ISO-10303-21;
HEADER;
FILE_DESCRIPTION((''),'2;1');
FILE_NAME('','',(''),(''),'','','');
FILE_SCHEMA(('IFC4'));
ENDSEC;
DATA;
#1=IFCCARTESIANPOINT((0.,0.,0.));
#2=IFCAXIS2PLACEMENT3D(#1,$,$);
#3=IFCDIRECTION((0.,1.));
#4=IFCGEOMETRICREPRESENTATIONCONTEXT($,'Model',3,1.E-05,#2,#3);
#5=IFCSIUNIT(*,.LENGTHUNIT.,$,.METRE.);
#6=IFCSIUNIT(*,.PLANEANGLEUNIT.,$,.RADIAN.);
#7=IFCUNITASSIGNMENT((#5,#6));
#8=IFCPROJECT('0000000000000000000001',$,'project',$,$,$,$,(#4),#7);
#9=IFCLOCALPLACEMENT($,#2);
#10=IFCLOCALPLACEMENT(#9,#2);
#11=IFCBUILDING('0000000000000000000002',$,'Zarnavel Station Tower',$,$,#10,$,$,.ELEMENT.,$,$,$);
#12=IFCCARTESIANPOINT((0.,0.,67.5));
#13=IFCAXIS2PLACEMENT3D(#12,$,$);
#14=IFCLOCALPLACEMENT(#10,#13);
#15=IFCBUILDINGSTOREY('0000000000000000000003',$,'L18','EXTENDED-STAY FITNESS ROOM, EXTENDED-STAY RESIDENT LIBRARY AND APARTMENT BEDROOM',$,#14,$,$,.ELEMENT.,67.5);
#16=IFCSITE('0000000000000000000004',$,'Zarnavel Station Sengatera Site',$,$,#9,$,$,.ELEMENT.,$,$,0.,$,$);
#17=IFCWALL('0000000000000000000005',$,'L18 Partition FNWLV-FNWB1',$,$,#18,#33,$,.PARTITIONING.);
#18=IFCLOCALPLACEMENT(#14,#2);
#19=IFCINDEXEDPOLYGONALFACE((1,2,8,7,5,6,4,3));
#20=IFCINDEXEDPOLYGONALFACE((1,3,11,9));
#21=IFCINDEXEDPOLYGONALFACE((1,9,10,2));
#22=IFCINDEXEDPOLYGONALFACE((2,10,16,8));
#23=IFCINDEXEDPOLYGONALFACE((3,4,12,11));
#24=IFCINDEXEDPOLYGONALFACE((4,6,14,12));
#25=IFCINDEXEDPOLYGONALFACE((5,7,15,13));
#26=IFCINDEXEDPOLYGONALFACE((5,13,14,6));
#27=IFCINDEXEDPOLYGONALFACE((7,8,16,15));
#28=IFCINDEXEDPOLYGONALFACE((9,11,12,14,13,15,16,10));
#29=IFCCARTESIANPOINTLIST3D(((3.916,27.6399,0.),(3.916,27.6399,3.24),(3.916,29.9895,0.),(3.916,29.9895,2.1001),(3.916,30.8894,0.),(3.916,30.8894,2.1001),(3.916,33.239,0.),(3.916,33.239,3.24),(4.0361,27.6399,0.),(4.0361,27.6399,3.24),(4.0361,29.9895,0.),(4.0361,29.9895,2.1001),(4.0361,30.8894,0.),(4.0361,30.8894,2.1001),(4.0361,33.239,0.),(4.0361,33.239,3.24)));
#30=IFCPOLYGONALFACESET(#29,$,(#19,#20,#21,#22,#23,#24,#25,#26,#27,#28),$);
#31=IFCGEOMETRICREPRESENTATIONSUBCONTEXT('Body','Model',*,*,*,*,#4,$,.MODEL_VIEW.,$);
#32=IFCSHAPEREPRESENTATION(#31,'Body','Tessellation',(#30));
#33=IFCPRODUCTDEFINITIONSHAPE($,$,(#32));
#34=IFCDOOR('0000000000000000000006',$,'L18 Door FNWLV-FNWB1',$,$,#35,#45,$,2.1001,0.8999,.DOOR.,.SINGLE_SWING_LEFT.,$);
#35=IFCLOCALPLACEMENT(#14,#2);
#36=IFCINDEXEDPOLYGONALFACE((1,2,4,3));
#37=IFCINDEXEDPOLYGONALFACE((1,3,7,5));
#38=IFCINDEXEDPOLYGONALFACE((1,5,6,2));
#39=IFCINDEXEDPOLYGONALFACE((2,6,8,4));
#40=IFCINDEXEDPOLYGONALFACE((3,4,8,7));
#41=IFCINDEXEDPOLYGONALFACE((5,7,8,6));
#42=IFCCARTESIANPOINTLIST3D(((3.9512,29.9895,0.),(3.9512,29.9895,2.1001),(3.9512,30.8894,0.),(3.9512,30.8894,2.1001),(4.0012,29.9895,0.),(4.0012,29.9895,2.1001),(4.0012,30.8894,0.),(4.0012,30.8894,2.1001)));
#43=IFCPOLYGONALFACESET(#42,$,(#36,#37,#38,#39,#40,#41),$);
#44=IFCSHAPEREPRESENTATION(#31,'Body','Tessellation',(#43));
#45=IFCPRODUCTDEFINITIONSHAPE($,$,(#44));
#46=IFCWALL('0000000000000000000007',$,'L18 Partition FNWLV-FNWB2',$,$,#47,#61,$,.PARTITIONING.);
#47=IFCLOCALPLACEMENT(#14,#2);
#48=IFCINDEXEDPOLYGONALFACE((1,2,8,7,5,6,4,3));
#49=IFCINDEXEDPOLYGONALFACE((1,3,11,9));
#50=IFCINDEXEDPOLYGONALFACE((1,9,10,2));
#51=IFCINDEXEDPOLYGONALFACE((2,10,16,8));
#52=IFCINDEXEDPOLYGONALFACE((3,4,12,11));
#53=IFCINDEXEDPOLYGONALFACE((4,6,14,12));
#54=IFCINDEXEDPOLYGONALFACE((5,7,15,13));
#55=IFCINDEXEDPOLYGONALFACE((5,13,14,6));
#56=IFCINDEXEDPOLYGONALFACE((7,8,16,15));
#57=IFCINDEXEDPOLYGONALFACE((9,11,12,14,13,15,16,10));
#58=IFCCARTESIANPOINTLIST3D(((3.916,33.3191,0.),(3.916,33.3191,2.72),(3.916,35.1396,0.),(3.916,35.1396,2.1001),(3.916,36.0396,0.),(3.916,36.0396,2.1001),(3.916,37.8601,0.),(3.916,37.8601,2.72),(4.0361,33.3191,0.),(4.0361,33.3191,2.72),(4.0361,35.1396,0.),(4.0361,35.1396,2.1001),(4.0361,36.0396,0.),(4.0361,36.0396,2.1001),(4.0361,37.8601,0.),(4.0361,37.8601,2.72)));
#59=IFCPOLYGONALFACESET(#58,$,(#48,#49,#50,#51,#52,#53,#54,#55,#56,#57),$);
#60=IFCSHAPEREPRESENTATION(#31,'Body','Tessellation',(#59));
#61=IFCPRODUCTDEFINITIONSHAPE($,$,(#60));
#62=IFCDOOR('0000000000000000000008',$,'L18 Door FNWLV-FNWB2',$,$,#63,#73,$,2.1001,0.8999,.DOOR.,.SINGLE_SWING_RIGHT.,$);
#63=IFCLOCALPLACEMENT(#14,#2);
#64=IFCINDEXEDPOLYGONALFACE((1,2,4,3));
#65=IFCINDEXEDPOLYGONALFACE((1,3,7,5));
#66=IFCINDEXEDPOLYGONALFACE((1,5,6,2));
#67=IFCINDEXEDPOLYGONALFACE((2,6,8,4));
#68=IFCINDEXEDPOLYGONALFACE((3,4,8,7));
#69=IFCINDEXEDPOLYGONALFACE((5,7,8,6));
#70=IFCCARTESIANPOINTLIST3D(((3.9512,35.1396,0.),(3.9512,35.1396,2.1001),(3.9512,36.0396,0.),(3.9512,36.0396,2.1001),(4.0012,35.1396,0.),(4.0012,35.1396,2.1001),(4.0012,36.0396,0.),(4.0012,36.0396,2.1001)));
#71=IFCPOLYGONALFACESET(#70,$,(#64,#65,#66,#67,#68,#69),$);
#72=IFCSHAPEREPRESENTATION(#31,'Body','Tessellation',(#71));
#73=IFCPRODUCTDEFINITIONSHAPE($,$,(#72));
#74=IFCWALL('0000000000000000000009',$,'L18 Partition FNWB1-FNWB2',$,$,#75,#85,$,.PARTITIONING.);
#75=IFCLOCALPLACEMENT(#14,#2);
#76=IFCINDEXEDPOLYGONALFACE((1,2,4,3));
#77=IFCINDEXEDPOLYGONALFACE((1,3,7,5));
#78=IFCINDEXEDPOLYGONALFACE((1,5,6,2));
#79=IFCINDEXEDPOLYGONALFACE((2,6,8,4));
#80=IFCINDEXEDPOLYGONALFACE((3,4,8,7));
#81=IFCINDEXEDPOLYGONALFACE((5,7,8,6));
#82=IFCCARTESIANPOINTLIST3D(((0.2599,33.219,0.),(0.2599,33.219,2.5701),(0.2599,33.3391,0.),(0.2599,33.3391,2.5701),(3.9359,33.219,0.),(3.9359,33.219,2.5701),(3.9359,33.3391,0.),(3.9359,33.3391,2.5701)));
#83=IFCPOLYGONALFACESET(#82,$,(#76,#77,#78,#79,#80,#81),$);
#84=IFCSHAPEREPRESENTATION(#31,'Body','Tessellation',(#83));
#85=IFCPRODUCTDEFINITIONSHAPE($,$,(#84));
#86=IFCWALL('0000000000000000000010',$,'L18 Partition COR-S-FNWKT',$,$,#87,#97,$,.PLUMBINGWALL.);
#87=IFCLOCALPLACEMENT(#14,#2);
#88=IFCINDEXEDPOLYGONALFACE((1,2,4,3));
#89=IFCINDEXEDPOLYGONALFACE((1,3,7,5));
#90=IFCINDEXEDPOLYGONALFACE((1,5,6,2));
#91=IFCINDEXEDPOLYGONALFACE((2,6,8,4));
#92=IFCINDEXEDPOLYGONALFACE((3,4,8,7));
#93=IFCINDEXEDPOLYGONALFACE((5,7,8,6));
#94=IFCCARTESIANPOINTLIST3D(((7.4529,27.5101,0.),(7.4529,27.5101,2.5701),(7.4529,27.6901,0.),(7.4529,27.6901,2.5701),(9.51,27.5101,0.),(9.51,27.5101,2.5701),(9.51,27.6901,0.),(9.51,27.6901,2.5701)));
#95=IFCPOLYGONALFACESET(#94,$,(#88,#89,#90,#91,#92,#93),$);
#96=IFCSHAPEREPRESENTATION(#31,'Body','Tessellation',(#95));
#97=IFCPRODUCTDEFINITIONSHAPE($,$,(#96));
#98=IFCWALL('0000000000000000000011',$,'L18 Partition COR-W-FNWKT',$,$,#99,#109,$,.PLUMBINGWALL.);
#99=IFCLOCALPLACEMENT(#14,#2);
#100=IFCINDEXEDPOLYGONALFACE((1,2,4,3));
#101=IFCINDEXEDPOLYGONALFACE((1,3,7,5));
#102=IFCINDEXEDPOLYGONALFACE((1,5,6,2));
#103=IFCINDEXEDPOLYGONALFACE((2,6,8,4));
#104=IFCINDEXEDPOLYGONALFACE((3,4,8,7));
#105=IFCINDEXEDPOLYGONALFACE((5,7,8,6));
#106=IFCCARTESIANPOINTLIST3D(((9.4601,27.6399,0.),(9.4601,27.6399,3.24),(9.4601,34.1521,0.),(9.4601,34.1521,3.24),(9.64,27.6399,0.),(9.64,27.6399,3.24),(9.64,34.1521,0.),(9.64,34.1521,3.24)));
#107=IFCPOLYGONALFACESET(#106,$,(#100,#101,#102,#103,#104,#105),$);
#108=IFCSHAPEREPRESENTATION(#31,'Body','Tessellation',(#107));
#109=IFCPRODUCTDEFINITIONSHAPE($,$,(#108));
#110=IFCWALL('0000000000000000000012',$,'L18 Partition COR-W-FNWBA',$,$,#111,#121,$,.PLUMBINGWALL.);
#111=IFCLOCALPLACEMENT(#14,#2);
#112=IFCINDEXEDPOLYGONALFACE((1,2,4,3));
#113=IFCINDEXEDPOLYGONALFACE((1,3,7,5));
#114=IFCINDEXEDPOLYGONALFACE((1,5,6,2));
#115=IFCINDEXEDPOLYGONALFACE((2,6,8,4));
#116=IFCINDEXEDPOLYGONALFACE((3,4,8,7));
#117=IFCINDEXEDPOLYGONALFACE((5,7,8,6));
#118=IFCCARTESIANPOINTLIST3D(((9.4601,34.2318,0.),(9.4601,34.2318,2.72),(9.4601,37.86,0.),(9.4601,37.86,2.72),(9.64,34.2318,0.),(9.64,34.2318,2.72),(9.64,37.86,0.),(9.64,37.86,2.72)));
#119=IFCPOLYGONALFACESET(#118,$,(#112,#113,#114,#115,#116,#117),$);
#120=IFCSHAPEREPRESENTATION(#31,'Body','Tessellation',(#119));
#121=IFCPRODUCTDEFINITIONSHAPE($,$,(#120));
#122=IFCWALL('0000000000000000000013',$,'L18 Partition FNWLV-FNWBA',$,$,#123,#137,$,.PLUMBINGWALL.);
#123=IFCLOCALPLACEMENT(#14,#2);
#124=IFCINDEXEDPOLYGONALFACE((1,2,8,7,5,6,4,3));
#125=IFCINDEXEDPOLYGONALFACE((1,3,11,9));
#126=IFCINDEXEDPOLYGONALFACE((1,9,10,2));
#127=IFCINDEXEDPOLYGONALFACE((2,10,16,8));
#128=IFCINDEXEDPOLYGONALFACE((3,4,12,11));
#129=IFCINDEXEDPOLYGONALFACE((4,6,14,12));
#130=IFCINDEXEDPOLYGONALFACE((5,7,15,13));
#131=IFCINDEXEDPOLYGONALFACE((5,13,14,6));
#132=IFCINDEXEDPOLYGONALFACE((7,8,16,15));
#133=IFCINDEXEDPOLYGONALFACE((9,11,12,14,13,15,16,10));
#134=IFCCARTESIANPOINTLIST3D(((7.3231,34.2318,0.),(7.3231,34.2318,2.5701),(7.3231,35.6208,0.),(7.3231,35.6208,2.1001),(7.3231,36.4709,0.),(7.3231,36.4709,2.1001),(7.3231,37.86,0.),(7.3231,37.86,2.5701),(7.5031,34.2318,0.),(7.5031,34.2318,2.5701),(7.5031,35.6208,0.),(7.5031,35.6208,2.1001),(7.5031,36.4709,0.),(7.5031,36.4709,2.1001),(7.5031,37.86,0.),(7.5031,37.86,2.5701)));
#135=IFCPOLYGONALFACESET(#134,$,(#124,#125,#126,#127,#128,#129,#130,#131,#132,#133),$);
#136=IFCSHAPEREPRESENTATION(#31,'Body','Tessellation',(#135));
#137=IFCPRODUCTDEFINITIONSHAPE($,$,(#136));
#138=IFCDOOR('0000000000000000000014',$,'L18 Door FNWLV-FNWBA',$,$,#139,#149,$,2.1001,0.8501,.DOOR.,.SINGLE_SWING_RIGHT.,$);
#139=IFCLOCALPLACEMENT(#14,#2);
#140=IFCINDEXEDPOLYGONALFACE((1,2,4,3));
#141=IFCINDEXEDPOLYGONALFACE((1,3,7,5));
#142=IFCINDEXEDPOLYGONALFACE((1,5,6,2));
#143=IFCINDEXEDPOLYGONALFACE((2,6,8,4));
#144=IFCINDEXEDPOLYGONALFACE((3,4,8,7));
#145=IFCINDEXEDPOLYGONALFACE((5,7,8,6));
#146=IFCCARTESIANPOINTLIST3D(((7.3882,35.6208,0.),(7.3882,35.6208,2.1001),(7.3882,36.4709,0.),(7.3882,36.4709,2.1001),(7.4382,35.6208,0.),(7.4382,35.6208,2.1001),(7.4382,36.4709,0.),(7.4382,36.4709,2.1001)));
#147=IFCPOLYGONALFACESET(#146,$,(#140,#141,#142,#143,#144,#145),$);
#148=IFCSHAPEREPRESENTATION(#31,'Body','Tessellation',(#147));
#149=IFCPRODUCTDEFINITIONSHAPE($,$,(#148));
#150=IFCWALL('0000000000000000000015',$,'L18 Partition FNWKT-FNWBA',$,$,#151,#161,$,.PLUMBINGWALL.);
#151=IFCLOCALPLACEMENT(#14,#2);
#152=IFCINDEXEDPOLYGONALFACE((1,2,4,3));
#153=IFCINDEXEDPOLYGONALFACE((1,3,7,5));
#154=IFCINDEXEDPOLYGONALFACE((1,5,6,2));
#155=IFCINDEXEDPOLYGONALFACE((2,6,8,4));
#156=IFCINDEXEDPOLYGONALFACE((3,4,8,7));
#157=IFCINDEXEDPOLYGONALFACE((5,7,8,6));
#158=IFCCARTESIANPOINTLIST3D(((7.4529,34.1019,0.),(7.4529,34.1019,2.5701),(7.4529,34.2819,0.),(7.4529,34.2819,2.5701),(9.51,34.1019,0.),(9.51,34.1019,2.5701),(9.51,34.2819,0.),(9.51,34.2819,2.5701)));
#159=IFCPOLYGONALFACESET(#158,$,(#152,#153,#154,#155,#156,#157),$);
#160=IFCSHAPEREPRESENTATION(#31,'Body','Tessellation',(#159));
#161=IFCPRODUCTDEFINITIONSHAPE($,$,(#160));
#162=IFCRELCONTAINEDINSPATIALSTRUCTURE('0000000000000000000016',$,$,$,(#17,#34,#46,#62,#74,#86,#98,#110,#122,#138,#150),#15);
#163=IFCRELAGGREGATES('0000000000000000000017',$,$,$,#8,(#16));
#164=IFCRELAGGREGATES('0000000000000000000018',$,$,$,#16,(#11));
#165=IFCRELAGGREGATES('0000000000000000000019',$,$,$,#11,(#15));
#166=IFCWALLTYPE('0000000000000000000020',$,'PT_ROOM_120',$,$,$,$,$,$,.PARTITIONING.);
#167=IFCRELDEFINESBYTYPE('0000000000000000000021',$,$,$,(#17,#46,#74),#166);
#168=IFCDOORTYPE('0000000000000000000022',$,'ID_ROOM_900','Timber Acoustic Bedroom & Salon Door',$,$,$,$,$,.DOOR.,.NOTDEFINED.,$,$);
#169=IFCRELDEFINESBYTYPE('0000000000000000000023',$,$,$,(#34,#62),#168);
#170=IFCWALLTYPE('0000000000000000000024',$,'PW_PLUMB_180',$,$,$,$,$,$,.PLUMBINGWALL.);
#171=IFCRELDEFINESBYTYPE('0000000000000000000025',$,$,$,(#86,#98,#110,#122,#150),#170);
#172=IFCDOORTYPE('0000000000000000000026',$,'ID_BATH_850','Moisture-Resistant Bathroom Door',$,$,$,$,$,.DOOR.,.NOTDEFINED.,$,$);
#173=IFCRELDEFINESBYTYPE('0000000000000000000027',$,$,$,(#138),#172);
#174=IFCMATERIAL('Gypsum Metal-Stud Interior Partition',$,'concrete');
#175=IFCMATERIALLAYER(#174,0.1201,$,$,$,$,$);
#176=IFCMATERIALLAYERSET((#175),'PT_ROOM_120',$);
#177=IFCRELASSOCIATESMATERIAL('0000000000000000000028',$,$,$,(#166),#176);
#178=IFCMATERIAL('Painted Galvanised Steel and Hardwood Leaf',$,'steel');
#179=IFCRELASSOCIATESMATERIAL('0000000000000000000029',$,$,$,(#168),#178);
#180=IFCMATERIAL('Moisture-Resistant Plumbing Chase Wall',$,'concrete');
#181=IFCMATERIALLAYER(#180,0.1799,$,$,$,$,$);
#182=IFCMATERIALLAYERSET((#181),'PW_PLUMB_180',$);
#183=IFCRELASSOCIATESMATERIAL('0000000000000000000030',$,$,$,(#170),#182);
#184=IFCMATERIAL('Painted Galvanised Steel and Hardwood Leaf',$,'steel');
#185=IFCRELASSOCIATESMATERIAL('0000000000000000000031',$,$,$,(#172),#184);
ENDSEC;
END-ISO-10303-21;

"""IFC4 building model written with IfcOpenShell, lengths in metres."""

from ifc_helpers import new_model, si_unit, direction, frame, frame_2d, origin, place, context, subcontext, project, spatial, rectangle, extrude, material, layer, layer_set, type_object, element, fill, save


model = new_model("IFC4")

# Units and contexts
model_context = context("Model", 3, precision=1e-05, world=origin(), true_north=direction((0.0, 1.0)))
body_context = subcontext(model_context, "Body", "Model", "MODEL_VIEW")
ifc_project = project(units=[si_unit("LENGTHUNIT", "METRE"), si_unit("PLANEANGLEUNIT", "RADIAN")], contexts=[model_context])

# Site, building, storey
site_placement = place(None, origin())
site = spatial("IfcSite", under=ifc_project, at=site_placement, Name="Zarnavel Station Sengatera Site", CompositionType="ELEMENT", RefElevation=0.0)
building_placement = place(site_placement, origin())
building = spatial("IfcBuilding", under=site, at=building_placement, Name="Zarnavel Station Tower", CompositionType="ELEMENT")
storey_placement = place(building_placement, frame((0.0, 0.0, 67.5)))
storey = spatial("IfcBuildingStorey", under=building, at=storey_placement, Name="L18", Description="EXTENDED-STAY FITNESS ROOM, EXTENDED-STAY RESIDENT LIBRARY AND APARTMENT BEDROOM", CompositionType="ELEMENT", Elevation=67.5)

# Walls, openings, doors
ifc_material_1 = material(Name="Gypsum Metal-Stud Interior Partition", Category="concrete")
ifc_layer_1 = layer(ifc_material_1, 0.1201)
ifc_layer_set_1 = layer_set([ifc_layer_1], Name="PT_ROOM_120")
wall_type_1 = type_object("IfcWallType", Name="PT_ROOM_120", PredefinedType="PARTITIONING", material=ifc_layer_set_1)
wall_1_placement = place(storey_placement, frame((3.9761, 27.6399, 0.0), z_axis=(0.0, 0.0, 1.0), x_axis=(0.0, 1.0, 0.0)))
wall_1 = element("IfcWall", 1, at=wall_1_placement, inside=storey, type_object=wall_type_1, Name="L18 Partition FNWLV-FNWB1", PredefinedType="PARTITIONING", context=body_context, shape_type="SweptSolid", body=[
    extrude(rectangle(XDim=5.5991, YDim=0.1201, at=frame_2d((2.7996, 0.0))), origin(), (0.0, 0.0, 1.0), 3.24),
])
opening_1_placement = place(wall_1_placement, frame((2.3496, 0.0, 0.0)))
opening_1 = element("IfcOpeningElement", 2, at=opening_1_placement, cuts=wall_1, PredefinedType="OPENING", context=body_context, shape_type="SweptSolid", body=[
    extrude(rectangle(XDim=0.8999, YDim=2.1001, at=frame_2d((0.45, 1.05))), frame((0.0, 0.0701, 0.0), z_axis=(0.0, -1.0, 0.0), x_axis=(1.0, 0.0, 0.0)), (0.0, 0.0, 1.0), 0.1401),
])
ifc_material_2 = material(Name="Painted Galvanised Steel and Hardwood Leaf", Category="steel")
door_type_1 = type_object("IfcDoorType", Name="ID_ROOM_900", Description="Timber Acoustic Bedroom & Salon Door", OperationType="NOTDEFINED", PredefinedType="DOOR", material=ifc_material_2)
door_1_placement = place(opening_1_placement, origin())
door_1 = element("IfcDoor", 3, at=door_1_placement, inside=storey, type_object=door_type_1, Name="L18 Door FNWLV-FNWB1", OperationType="SINGLE_SWING_LEFT", OverallHeight=2.1001, OverallWidth=0.8999, PredefinedType="DOOR", context=body_context, shape_type="SweptSolid", body=[
    extrude(rectangle(XDim=0.8999, YDim=2.1001, at=frame_2d((0.45, 1.05))), frame((0.0, 0.0249, 0.0), z_axis=(0.0, -1.0, 0.0), x_axis=(1.0, 0.0, 0.0)), (0.0, 0.0, 1.0), 0.05),
])
fill(opening_1, door_1)
wall_2_placement = place(storey_placement, frame((3.9761, 33.3191, 0.0), z_axis=(0.0, 0.0, 1.0), x_axis=(0.0, 1.0, 0.0)))
wall_2 = element("IfcWall", 4, at=wall_2_placement, inside=storey, type_object=wall_type_1, Name="L18 Partition FNWLV-FNWB2", PredefinedType="PARTITIONING", context=body_context, shape_type="SweptSolid", body=[
    extrude(rectangle(XDim=4.541, YDim=0.1201, at=frame_2d((2.2705, 0.0))), origin(), (0.0, 0.0, 1.0), 2.72),
])
opening_2_placement = place(wall_2_placement, frame((1.8206, 0.0, 0.0)))
opening_2 = element("IfcOpeningElement", 5, at=opening_2_placement, cuts=wall_2, PredefinedType="OPENING", context=body_context, shape_type="SweptSolid", body=[
    extrude(rectangle(XDim=0.8999, YDim=2.1001, at=frame_2d((0.45, 1.05))), frame((0.0, 0.0701, 0.0), z_axis=(0.0, -1.0, 0.0), x_axis=(1.0, 0.0, 0.0)), (0.0, 0.0, 1.0), 0.1401),
])
door_2_placement = place(opening_2_placement, origin())
door_2 = element("IfcDoor", 6, at=door_2_placement, inside=storey, type_object=door_type_1, Name="L18 Door FNWLV-FNWB2", OperationType="SINGLE_SWING_RIGHT", OverallHeight=2.1001, OverallWidth=0.8999, PredefinedType="DOOR", context=body_context, shape_type="SweptSolid", body=[
    extrude(rectangle(XDim=0.8999, YDim=2.1001, at=frame_2d((0.45, 1.05))), frame((0.0, 0.0249, 0.0), z_axis=(0.0, -1.0, 0.0), x_axis=(1.0, 0.0, 0.0)), (0.0, 0.0, 1.0), 0.05),
])
fill(opening_2, door_2)

# Walls
wall_3_placement = place(storey_placement, frame((0.26, 33.2791, 0.0), z_axis=(0.0, 0.0, 1.0), x_axis=(1.0, 0.0, 0.0)))
element("IfcWall", 7, at=wall_3_placement, inside=storey, type_object=wall_type_1, Name="L18 Partition FNWB1-FNWB2", PredefinedType="PARTITIONING", context=body_context, shape_type="SweptSolid", body=[
    extrude(rectangle(XDim=3.676, YDim=0.1201, at=frame_2d((1.8379, 0.0))), origin(), (0.0, 0.0, 1.0), 2.5701),
])
ifc_material_3 = material(Name="Moisture-Resistant Plumbing Chase Wall", Category="concrete")
ifc_layer_2 = layer(ifc_material_3, 0.1799)
ifc_layer_set_2 = layer_set([ifc_layer_2], Name="PW_PLUMB_180")
wall_type_2 = type_object("IfcWallType", Name="PW_PLUMB_180", PredefinedType="PLUMBINGWALL", material=ifc_layer_set_2)
wall_4_placement = place(storey_placement, frame((7.4529, 27.6001, 0.0), z_axis=(0.0, 0.0, 1.0), x_axis=(1.0, 0.0, 0.0)))
element("IfcWall", 8, at=wall_4_placement, inside=storey, type_object=wall_type_2, Name="L18 Partition COR-S-FNWKT", PredefinedType="PLUMBINGWALL", context=body_context, shape_type="SweptSolid", body=[
    extrude(rectangle(XDim=2.0571, YDim=0.1799, at=frame_2d((1.0286, 0.0))), origin(), (0.0, 0.0, 1.0), 2.5701),
])
wall_5_placement = place(storey_placement, frame((9.55, 27.6399, 0.0), z_axis=(0.0, 0.0, 1.0), x_axis=(0.0, 1.0, 0.0)))
element("IfcWall", 9, at=wall_5_placement, inside=storey, type_object=wall_type_2, Name="L18 Partition COR-W-FNWKT", PredefinedType="PLUMBINGWALL", context=body_context, shape_type="SweptSolid", body=[
    extrude(rectangle(XDim=6.5122, YDim=0.1799, at=frame_2d((3.2561, 0.0))), origin(), (0.0, 0.0, 1.0), 3.24),
])
wall_6_placement = place(storey_placement, frame((9.55, 34.2319, 0.0), z_axis=(0.0, 0.0, 1.0), x_axis=(0.0, 1.0, 0.0)))
element("IfcWall", 10, at=wall_6_placement, inside=storey, type_object=wall_type_2, Name="L18 Partition COR-W-FNWBA", PredefinedType="PLUMBINGWALL", context=body_context, shape_type="SweptSolid", body=[
    extrude(rectangle(XDim=3.6282, YDim=0.1799, at=frame_2d((1.814, 0.0))), origin(), (0.0, 0.0, 1.0), 2.72),
])

# Wall, opening, door
wall_7_placement = place(storey_placement, frame((7.4131, 34.2319, 0.0), z_axis=(0.0, 0.0, 1.0), x_axis=(0.0, 1.0, 0.0)))
wall_7 = element("IfcWall", 11, at=wall_7_placement, inside=storey, type_object=wall_type_2, Name="L18 Partition FNWLV-FNWBA", PredefinedType="PLUMBINGWALL", context=body_context, shape_type="SweptSolid", body=[
    extrude(rectangle(XDim=3.6282, YDim=0.1799, at=frame_2d((1.814, 0.0))), origin(), (0.0, 0.0, 1.0), 2.5701),
])
opening_3_placement = place(wall_7_placement, frame((1.3889, 0.0, 0.0)))
opening_3 = element("IfcOpeningElement", 12, at=opening_3_placement, cuts=wall_7, PredefinedType="OPENING", context=body_context, shape_type="SweptSolid", body=[
    extrude(rectangle(XDim=0.8501, YDim=2.1001, at=frame_2d((0.425, 1.05))), frame((0.0, 0.0999, 0.0), z_axis=(0.0, -1.0, 0.0), x_axis=(1.0, 0.0, 0.0)), (0.0, 0.0, 1.0), 0.2),
])
ifc_material_4 = material(Name="Painted Galvanised Steel and Hardwood Leaf", Category="steel")
door_type_2 = type_object("IfcDoorType", Name="ID_BATH_850", Description="Moisture-Resistant Bathroom Door", OperationType="NOTDEFINED", PredefinedType="DOOR", material=ifc_material_4)
door_3_placement = place(opening_3_placement, origin())
door_3 = element("IfcDoor", 13, at=door_3_placement, inside=storey, type_object=door_type_2, Name="L18 Door FNWLV-FNWBA", OperationType="SINGLE_SWING_RIGHT", OverallHeight=2.1001, OverallWidth=0.8501, PredefinedType="DOOR", context=body_context, shape_type="SweptSolid", body=[
    extrude(rectangle(XDim=0.8501, YDim=2.1001, at=frame_2d((0.425, 1.05))), frame((0.0, 0.0249, 0.0), z_axis=(0.0, -1.0, 0.0), x_axis=(1.0, 0.0, 0.0)), (0.0, 0.0, 1.0), 0.05),
])
fill(opening_3, door_3)

# Wall
wall_8_placement = place(storey_placement, frame((7.4529, 34.1919, 0.0), z_axis=(0.0, 0.0, 1.0), x_axis=(1.0, 0.0, 0.0)))
element("IfcWall", 14, at=wall_8_placement, inside=storey, type_object=wall_type_2, Name="L18 Partition FNWKT-FNWBA", PredefinedType="PLUMBINGWALL", context=body_context, shape_type="SweptSolid", body=[
    extrude(rectangle(XDim=2.0571, YDim=0.1799, at=frame_2d((1.0286, 0.0))), origin(), (0.0, 0.0, 1.0), 2.5701),
])

save(model, "model.ifc")
